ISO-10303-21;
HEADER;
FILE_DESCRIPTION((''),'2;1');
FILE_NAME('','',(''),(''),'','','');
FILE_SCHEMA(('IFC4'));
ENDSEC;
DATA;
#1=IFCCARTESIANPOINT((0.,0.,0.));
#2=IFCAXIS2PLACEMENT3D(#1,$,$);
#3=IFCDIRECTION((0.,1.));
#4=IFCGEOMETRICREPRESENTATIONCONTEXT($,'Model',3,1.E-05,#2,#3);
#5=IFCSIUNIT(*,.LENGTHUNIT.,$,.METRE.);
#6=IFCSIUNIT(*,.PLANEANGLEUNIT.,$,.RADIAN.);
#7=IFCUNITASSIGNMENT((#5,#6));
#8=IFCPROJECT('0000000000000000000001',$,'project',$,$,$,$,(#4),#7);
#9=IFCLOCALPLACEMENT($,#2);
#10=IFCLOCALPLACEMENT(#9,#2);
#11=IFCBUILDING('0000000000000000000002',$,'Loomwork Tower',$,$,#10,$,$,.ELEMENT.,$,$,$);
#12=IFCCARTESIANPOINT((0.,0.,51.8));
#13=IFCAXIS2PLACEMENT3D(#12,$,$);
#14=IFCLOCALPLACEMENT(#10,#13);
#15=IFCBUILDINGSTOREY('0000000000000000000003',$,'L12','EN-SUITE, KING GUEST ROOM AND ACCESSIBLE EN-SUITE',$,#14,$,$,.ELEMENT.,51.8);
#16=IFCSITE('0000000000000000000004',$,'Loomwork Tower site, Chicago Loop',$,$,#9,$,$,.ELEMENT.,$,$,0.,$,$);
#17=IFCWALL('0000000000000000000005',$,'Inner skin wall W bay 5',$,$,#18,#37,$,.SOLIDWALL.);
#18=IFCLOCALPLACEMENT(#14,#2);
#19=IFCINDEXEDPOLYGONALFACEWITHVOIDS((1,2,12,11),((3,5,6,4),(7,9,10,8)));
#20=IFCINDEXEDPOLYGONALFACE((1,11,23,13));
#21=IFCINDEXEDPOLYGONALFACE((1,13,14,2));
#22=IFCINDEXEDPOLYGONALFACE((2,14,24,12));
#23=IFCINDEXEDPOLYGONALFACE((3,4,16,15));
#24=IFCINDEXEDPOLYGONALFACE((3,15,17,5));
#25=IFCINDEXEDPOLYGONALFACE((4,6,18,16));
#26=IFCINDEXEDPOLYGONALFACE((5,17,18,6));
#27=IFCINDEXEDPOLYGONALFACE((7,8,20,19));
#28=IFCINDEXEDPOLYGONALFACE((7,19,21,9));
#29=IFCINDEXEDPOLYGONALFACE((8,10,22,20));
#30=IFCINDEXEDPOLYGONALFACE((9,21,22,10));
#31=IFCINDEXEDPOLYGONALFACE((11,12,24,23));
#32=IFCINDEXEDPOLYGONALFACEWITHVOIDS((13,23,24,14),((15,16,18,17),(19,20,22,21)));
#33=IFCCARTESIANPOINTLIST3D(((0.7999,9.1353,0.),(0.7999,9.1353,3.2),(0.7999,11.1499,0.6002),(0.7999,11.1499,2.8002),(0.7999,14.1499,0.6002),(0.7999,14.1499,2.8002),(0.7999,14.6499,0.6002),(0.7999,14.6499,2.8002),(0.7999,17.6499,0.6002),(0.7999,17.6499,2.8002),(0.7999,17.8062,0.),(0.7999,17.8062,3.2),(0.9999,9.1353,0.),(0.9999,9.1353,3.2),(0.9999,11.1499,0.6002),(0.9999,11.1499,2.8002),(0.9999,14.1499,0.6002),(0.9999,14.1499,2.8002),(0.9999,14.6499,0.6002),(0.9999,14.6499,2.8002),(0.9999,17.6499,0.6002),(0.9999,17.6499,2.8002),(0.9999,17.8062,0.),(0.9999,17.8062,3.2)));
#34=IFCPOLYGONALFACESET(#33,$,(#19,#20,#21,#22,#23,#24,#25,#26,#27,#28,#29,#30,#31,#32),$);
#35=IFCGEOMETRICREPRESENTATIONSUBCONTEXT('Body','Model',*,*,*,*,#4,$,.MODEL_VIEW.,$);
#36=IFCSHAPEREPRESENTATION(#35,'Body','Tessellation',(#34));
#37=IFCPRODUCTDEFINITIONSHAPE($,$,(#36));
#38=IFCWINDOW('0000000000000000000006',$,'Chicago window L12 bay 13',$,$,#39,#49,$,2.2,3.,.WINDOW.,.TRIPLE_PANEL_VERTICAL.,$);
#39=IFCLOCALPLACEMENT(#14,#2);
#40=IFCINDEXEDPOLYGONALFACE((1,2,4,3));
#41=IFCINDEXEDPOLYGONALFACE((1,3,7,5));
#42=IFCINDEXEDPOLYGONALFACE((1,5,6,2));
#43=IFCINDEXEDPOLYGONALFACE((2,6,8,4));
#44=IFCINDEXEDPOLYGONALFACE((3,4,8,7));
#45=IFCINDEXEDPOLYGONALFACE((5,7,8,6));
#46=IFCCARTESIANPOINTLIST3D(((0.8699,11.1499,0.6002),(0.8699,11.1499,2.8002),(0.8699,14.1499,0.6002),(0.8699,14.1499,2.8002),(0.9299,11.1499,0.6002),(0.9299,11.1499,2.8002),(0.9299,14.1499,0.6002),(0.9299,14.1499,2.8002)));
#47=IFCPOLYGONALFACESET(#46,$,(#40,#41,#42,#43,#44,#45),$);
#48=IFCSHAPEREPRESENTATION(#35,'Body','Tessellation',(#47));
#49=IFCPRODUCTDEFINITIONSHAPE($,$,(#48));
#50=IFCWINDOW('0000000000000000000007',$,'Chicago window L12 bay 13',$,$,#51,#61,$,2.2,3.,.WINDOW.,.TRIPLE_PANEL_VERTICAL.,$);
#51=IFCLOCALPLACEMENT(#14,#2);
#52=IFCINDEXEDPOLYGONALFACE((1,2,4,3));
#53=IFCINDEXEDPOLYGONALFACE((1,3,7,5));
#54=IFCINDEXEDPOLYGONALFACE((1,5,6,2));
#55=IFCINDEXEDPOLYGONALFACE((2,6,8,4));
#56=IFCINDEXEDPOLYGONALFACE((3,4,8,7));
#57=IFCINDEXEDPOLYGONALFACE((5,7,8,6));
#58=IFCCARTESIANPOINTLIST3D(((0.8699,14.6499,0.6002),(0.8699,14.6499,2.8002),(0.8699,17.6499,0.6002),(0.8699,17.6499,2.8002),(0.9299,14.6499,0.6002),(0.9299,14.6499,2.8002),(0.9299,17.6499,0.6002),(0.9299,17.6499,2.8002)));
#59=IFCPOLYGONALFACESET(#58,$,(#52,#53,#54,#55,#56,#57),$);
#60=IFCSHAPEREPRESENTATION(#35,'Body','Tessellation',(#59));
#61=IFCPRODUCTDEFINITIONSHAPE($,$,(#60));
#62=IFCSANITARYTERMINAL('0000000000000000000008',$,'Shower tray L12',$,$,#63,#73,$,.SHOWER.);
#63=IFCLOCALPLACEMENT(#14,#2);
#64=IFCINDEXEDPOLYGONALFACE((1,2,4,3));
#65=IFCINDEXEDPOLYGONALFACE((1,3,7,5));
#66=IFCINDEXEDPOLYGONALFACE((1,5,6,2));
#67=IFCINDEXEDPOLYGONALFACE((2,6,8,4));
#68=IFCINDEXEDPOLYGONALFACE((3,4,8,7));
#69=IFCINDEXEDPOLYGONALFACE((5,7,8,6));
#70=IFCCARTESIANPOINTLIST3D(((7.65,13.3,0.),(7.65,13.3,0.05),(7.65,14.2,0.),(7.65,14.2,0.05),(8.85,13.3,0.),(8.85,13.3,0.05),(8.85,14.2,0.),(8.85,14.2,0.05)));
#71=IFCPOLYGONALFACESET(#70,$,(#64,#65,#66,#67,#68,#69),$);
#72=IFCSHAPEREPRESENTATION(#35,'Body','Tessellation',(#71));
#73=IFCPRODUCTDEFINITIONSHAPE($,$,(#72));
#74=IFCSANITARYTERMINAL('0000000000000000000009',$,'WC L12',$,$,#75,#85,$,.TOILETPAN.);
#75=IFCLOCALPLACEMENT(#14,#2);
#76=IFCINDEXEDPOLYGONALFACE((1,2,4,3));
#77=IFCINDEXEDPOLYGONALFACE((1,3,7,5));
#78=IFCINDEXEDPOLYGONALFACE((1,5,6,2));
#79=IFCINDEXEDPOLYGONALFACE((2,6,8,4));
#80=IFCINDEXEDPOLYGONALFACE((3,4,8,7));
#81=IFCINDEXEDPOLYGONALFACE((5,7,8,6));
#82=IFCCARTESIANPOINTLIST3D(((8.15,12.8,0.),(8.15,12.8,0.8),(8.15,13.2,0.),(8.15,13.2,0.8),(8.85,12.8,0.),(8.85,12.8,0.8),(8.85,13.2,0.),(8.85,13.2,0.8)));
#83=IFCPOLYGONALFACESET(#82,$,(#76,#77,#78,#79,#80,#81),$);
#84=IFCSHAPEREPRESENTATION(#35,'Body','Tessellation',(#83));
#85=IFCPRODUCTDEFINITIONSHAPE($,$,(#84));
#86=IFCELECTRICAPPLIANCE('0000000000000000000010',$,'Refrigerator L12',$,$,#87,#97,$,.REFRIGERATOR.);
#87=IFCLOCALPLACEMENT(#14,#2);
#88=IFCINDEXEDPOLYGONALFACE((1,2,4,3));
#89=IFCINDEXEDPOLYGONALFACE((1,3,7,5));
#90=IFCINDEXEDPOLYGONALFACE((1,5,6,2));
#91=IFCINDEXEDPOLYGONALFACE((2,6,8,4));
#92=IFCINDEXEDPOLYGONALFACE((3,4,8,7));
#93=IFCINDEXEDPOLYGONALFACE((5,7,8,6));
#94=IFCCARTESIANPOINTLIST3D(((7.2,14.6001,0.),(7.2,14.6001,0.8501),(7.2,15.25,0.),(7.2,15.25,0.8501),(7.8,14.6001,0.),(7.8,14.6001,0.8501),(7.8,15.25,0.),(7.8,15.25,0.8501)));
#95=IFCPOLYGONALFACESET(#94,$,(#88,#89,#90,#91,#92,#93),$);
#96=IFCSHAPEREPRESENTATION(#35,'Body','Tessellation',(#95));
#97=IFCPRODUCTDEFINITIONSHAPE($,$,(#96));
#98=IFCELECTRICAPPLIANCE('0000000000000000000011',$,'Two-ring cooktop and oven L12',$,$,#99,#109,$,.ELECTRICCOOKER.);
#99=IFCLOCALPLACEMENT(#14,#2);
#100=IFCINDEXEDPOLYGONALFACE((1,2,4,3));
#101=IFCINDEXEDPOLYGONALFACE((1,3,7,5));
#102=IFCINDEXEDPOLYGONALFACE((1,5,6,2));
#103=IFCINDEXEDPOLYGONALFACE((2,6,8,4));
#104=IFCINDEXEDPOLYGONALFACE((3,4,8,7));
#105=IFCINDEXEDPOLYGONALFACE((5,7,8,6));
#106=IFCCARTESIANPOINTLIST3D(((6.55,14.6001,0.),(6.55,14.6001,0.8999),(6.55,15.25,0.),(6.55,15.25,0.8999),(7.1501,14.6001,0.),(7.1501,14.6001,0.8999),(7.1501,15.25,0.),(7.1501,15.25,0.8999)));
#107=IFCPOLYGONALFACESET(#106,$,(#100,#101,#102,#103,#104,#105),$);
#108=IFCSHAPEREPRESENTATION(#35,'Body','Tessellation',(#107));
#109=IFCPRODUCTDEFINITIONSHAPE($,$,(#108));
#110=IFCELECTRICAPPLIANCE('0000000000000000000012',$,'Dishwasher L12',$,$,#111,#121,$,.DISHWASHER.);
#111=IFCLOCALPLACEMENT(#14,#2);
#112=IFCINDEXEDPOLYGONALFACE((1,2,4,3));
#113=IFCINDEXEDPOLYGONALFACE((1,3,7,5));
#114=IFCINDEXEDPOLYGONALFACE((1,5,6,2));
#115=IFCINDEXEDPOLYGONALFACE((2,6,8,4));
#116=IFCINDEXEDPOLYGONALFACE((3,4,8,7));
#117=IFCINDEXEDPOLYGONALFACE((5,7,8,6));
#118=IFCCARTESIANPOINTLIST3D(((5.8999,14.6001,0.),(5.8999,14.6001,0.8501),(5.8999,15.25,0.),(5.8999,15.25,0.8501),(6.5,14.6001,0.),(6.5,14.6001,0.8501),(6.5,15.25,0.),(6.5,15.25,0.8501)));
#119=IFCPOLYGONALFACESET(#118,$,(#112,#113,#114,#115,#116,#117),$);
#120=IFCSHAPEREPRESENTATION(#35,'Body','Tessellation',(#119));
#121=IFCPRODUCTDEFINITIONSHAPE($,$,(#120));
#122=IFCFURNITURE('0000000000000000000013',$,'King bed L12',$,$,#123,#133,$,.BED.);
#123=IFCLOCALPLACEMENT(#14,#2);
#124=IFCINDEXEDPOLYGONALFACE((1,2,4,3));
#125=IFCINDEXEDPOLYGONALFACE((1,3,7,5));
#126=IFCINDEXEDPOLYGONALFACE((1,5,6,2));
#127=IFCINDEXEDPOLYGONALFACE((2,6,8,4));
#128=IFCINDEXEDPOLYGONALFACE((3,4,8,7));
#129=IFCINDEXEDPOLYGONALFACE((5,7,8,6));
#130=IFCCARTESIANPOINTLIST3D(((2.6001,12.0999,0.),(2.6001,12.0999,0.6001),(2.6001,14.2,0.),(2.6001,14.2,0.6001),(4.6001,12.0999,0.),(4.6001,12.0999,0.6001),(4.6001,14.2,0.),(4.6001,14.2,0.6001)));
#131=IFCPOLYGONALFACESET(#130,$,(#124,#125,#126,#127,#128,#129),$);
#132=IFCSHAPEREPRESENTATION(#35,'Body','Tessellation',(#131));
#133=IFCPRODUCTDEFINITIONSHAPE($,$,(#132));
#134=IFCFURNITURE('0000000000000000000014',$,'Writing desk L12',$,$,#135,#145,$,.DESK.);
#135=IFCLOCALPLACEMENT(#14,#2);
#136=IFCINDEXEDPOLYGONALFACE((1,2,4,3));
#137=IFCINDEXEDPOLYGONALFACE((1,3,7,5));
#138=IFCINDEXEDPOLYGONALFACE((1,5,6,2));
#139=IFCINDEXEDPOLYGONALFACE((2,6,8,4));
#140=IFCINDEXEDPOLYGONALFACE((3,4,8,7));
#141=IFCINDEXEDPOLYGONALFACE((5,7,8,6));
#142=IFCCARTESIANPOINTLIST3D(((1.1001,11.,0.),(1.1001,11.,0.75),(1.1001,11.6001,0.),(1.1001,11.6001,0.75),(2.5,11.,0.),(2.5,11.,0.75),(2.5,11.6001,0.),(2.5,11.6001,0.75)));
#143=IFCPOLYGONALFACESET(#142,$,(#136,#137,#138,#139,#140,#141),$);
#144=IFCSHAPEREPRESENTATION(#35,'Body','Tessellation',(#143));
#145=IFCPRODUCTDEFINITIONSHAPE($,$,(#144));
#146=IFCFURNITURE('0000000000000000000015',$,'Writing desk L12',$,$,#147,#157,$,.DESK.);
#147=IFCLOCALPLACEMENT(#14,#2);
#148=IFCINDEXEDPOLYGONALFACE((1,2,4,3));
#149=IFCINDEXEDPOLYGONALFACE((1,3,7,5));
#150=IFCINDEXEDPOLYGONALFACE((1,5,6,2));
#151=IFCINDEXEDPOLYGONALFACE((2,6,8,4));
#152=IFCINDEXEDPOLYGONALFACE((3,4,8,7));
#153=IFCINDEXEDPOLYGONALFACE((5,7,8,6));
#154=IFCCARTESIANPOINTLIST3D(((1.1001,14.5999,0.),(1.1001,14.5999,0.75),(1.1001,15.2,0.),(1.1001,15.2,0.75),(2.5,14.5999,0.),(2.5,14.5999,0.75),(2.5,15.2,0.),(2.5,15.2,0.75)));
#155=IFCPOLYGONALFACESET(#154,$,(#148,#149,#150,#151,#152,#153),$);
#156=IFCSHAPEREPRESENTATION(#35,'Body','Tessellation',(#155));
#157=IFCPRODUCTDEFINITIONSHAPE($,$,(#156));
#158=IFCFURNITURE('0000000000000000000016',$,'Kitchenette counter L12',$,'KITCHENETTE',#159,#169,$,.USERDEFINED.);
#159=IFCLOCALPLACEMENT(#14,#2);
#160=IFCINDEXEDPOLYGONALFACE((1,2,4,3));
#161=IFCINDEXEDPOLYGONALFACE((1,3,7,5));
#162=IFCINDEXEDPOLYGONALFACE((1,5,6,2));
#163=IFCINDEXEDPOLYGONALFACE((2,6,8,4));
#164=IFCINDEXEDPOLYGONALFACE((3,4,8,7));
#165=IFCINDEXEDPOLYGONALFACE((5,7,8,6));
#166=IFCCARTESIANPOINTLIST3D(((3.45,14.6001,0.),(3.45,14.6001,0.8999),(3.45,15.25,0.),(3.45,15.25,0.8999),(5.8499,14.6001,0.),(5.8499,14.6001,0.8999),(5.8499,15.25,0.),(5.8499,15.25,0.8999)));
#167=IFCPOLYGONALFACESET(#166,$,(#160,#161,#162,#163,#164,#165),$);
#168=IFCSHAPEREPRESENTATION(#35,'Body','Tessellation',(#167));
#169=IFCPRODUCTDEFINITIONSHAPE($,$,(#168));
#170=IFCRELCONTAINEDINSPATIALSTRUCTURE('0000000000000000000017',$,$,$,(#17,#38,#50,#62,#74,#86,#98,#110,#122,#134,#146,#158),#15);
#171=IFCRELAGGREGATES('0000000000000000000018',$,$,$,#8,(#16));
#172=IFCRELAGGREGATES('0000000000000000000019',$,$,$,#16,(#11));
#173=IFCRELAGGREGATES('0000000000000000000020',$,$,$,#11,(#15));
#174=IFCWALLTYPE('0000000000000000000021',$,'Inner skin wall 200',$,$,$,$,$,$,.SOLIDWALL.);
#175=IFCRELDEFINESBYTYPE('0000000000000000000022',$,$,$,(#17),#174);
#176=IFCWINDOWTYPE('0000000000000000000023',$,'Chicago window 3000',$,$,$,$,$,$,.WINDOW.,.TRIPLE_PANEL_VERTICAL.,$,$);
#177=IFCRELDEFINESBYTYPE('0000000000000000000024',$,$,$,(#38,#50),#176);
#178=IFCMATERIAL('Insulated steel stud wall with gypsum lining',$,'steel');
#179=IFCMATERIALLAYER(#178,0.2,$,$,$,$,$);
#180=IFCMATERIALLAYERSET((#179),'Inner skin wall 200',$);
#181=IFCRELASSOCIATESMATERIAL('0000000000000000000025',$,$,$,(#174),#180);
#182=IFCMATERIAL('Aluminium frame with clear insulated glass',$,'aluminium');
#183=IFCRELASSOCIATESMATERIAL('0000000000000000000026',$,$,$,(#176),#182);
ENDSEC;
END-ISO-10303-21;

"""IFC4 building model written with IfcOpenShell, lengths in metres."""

from ifc_helpers import new_model, si_unit, direction, frame, frame_2d, origin, origin_2d, place, context, subcontext, project, spatial, rectangle, extrude, material, layer, layer_set, type_object, element, fill, save


model = new_model("IFC4")

# Units and contexts
model_context = context("Model", 3, precision=1e-05, world=origin(), true_north=direction((0.0, 1.0)))
body_context = subcontext(model_context, "Body", "Model", "MODEL_VIEW")
ifc_project = project(units=[si_unit("LENGTHUNIT", "METRE"), si_unit("PLANEANGLEUNIT", "RADIAN")], contexts=[model_context])

# Site, building, storey
site_placement = place(None, origin())
site = spatial("IfcSite", under=ifc_project, at=site_placement, Name="Loomwork Tower site, Chicago Loop", CompositionType="ELEMENT", RefElevation=0.0)
building_placement = place(site_placement, origin())
building = spatial("IfcBuilding", under=site, at=building_placement, Name="Loomwork Tower", CompositionType="ELEMENT")
storey_placement = place(building_placement, frame((0.0, 0.0, 51.8)))
storey = spatial("IfcBuildingStorey", under=building, at=storey_placement, Name="L12", Description="EN-SUITE, KING GUEST ROOM AND ACCESSIBLE EN-SUITE", CompositionType="ELEMENT", Elevation=51.8)

# Wall, openings, windows
ifc_material_1 = material(Name="Insulated steel stud wall with gypsum lining", Category="steel")
ifc_layer_1 = layer(ifc_material_1, 0.2)
ifc_layer_set_1 = layer_set([ifc_layer_1], Name="Inner skin wall 200")
wall_type_1 = type_object("IfcWallType", Name="Inner skin wall 200", PredefinedType="SOLIDWALL", material=ifc_layer_set_1)
wall_1_placement = place(storey_placement, frame((0.8999, 9.1353, 0.0), z_axis=(0.0, 0.0, 1.0), x_axis=(0.0, 1.0, 0.0)))
wall_1 = element("IfcWall", 1, at=wall_1_placement, inside=storey, type_object=wall_type_1, Name="Inner skin wall W bay 5", PredefinedType="SOLIDWALL", context=body_context, shape_type="SweptSolid", body=[
    extrude(rectangle(XDim=8.6709, YDim=0.2, at=frame_2d((4.3354, 0.0))), origin(), (0.0, 0.0, 1.0), 3.2),
])
opening_1_placement = place(wall_1_placement, frame((2.0146, 0.0, 0.6001)))
opening_1 = element("IfcOpeningElement", 2, at=opening_1_placement, cuts=wall_1, PredefinedType="OPENING", context=body_context, shape_type="SweptSolid", body=[
    extrude(rectangle(XDim=3.0, YDim=2.2, at=frame_2d((1.5, 1.1001))), frame((0.0, 0.1099, 0.0), z_axis=(0.0, -1.0, 0.0), x_axis=(1.0, 0.0, 0.0)), (0.0, 0.0, 1.0), 0.22),
])
opening_2_placement = place(wall_1_placement, frame((5.5146, 0.0, 0.6001)))
opening_2 = element("IfcOpeningElement", 3, at=opening_2_placement, cuts=wall_1, PredefinedType="OPENING", context=body_context, shape_type="SweptSolid", body=[
    extrude(rectangle(XDim=3.0, YDim=2.2, at=frame_2d((1.5, 1.1001))), frame((0.0, 0.1099, 0.0), z_axis=(0.0, -1.0, 0.0), x_axis=(1.0, 0.0, 0.0)), (0.0, 0.0, 1.0), 0.22),
])
ifc_material_2 = material(Name="Aluminium frame with clear insulated glass", Category="aluminium")
window_type = type_object("IfcWindowType", Name="Chicago window 3000", PartitioningType="TRIPLE_PANEL_VERTICAL", PredefinedType="WINDOW", material=ifc_material_2)
window_1_placement = place(opening_1_placement, origin())
window_1 = element("IfcWindow", 4, at=window_1_placement, inside=storey, type_object=window_type, Name="Chicago window L12 bay 13", OverallHeight=2.2, OverallWidth=3.0, PartitioningType="TRIPLE_PANEL_VERTICAL", PredefinedType="WINDOW", context=body_context, shape_type="SweptSolid", body=[
    extrude(rectangle(XDim=3.0, YDim=2.2, at=frame_2d((1.5, 1.1001))), frame((0.0, 0.03, 0.0), z_axis=(0.0, -1.0, 0.0), x_axis=(1.0, 0.0, 0.0)), (0.0, 0.0, 1.0), 0.0601),
])
fill(opening_1, window_1)
window_2_placement = place(opening_2_placement, origin())
window_2 = element("IfcWindow", 5, at=window_2_placement, inside=storey, type_object=window_type, Name="Chicago window L12 bay 13", OverallHeight=2.2, OverallWidth=3.0, PartitioningType="TRIPLE_PANEL_VERTICAL", PredefinedType="WINDOW", context=body_context, shape_type="SweptSolid", body=[
    extrude(rectangle(XDim=3.0, YDim=2.2, at=frame_2d((1.5, 1.1001))), frame((0.0, 0.03, 0.0), z_axis=(0.0, -1.0, 0.0), x_axis=(1.0, 0.0, 0.0)), (0.0, 0.0, 1.0), 0.0601),
])
fill(opening_2, window_2)

# Sanitary terminals
sanitary_terminal_1_placement = place(storey_placement, frame((8.25, 13.75, 0.0), z_axis=(0.0, 0.0, 1.0), x_axis=(1.0, 0.0, 0.0)))
element("IfcSanitaryTerminal", 6, at=sanitary_terminal_1_placement, inside=storey, Name="Shower tray L12", PredefinedType="SHOWER", context=body_context, shape_type="SweptSolid", body=[
    extrude(rectangle(XDim=1.2, YDim=0.8999, at=origin_2d()), origin(), (0.0, 0.0, 1.0), 0.05),
])
sanitary_terminal_2_placement = place(storey_placement, frame((8.5, 13.0, 0.0), z_axis=(0.0, 0.0, 1.0), x_axis=(1.0, 0.0, 0.0)))
element("IfcSanitaryTerminal", 7, at=sanitary_terminal_2_placement, inside=storey, Name="WC L12", PredefinedType="TOILETPAN", context=body_context, shape_type="SweptSolid", body=[
    extrude(rectangle(XDim=0.7, YDim=0.3999, at=origin_2d()), origin(), (0.0, 0.0, 1.0), 0.8),
])

# Electric appliances
electric_appliance_1_placement = place(storey_placement, frame((7.5, 14.925, 0.0), z_axis=(0.0, 0.0, 1.0), x_axis=(1.0, 0.0, 0.0)))
element("IfcElectricAppliance", 8, at=electric_appliance_1_placement, inside=storey, Name="Refrigerator L12", PredefinedType="REFRIGERATOR", context=body_context, shape_type="SweptSolid", body=[
    extrude(rectangle(XDim=0.6001, YDim=0.6499, at=origin_2d()), origin(), (0.0, 0.0, 1.0), 0.8501),
])
electric_appliance_2_placement = place(storey_placement, frame((6.8501, 14.925, 0.0), z_axis=(0.0, 0.0, 1.0), x_axis=(1.0, 0.0, 0.0)))
element("IfcElectricAppliance", 9, at=electric_appliance_2_placement, inside=storey, Name="Two-ring cooktop and oven L12", PredefinedType="ELECTRICCOOKER", context=body_context, shape_type="SweptSolid", body=[
    extrude(rectangle(XDim=0.6001, YDim=0.6499, at=origin_2d()), origin(), (0.0, 0.0, 1.0), 0.8999),
])
electric_appliance_3_placement = place(storey_placement, frame((6.2, 14.925, 0.0), z_axis=(0.0, 0.0, 1.0), x_axis=(1.0, 0.0, 0.0)))
element("IfcElectricAppliance", 10, at=electric_appliance_3_placement, inside=storey, Name="Dishwasher L12", PredefinedType="DISHWASHER", context=body_context, shape_type="SweptSolid", body=[
    extrude(rectangle(XDim=0.6001, YDim=0.6499, at=origin_2d()), origin(), (0.0, 0.0, 1.0), 0.8501),
])

# Furniture
furniture_1_placement = place(storey_placement, frame((3.6001, 13.1499, 0.0), z_axis=(0.0, 0.0, 1.0), x_axis=(1.0, 0.0, 0.0)))
element("IfcFurniture", 11, at=furniture_1_placement, inside=storey, Name="King bed L12", PredefinedType="BED", context=body_context, shape_type="SweptSolid", body=[
    extrude(rectangle(XDim=2.0, YDim=2.1001, at=origin_2d()), origin(), (0.0, 0.0, 1.0), 0.6001),
])
for number, where, z_axis, x_axis, name in (
    (12, (1.8, 11.3, 0.0), (0.0, 0.0, 1.0), (1.0, 0.0, 0.0), "Writing desk L12"),
    (13, (1.8, 14.8999, 0.0), (0.0, 0.0, 1.0), (1.0, 0.0, 0.0), "Writing desk L12"),
):
    element("IfcFurniture", number, at=place(storey_placement, frame(where, z_axis=z_axis, x_axis=x_axis)), inside=storey, Name=name, PredefinedType="DESK", context=body_context, shape_type="SweptSolid", body=[
        extrude(rectangle(XDim=1.3999, YDim=0.6001, at=origin_2d()), origin(), (0.0, 0.0, 1.0), 0.75),
    ])
furniture_2_placement = place(storey_placement, frame((4.6499, 14.925, 0.0), z_axis=(0.0, 0.0, 1.0), x_axis=(1.0, 0.0, 0.0)))
element("IfcFurniture", 14, at=furniture_2_placement, inside=storey, Name="Kitchenette counter L12", ObjectType="KITCHENETTE", PredefinedType="USERDEFINED", context=body_context, shape_type="SweptSolid", body=[
    extrude(rectangle(XDim=2.3999, YDim=0.6499, at=origin_2d()), origin(), (0.0, 0.0, 1.0), 0.8999),
])

save(model, "model.ifc")
